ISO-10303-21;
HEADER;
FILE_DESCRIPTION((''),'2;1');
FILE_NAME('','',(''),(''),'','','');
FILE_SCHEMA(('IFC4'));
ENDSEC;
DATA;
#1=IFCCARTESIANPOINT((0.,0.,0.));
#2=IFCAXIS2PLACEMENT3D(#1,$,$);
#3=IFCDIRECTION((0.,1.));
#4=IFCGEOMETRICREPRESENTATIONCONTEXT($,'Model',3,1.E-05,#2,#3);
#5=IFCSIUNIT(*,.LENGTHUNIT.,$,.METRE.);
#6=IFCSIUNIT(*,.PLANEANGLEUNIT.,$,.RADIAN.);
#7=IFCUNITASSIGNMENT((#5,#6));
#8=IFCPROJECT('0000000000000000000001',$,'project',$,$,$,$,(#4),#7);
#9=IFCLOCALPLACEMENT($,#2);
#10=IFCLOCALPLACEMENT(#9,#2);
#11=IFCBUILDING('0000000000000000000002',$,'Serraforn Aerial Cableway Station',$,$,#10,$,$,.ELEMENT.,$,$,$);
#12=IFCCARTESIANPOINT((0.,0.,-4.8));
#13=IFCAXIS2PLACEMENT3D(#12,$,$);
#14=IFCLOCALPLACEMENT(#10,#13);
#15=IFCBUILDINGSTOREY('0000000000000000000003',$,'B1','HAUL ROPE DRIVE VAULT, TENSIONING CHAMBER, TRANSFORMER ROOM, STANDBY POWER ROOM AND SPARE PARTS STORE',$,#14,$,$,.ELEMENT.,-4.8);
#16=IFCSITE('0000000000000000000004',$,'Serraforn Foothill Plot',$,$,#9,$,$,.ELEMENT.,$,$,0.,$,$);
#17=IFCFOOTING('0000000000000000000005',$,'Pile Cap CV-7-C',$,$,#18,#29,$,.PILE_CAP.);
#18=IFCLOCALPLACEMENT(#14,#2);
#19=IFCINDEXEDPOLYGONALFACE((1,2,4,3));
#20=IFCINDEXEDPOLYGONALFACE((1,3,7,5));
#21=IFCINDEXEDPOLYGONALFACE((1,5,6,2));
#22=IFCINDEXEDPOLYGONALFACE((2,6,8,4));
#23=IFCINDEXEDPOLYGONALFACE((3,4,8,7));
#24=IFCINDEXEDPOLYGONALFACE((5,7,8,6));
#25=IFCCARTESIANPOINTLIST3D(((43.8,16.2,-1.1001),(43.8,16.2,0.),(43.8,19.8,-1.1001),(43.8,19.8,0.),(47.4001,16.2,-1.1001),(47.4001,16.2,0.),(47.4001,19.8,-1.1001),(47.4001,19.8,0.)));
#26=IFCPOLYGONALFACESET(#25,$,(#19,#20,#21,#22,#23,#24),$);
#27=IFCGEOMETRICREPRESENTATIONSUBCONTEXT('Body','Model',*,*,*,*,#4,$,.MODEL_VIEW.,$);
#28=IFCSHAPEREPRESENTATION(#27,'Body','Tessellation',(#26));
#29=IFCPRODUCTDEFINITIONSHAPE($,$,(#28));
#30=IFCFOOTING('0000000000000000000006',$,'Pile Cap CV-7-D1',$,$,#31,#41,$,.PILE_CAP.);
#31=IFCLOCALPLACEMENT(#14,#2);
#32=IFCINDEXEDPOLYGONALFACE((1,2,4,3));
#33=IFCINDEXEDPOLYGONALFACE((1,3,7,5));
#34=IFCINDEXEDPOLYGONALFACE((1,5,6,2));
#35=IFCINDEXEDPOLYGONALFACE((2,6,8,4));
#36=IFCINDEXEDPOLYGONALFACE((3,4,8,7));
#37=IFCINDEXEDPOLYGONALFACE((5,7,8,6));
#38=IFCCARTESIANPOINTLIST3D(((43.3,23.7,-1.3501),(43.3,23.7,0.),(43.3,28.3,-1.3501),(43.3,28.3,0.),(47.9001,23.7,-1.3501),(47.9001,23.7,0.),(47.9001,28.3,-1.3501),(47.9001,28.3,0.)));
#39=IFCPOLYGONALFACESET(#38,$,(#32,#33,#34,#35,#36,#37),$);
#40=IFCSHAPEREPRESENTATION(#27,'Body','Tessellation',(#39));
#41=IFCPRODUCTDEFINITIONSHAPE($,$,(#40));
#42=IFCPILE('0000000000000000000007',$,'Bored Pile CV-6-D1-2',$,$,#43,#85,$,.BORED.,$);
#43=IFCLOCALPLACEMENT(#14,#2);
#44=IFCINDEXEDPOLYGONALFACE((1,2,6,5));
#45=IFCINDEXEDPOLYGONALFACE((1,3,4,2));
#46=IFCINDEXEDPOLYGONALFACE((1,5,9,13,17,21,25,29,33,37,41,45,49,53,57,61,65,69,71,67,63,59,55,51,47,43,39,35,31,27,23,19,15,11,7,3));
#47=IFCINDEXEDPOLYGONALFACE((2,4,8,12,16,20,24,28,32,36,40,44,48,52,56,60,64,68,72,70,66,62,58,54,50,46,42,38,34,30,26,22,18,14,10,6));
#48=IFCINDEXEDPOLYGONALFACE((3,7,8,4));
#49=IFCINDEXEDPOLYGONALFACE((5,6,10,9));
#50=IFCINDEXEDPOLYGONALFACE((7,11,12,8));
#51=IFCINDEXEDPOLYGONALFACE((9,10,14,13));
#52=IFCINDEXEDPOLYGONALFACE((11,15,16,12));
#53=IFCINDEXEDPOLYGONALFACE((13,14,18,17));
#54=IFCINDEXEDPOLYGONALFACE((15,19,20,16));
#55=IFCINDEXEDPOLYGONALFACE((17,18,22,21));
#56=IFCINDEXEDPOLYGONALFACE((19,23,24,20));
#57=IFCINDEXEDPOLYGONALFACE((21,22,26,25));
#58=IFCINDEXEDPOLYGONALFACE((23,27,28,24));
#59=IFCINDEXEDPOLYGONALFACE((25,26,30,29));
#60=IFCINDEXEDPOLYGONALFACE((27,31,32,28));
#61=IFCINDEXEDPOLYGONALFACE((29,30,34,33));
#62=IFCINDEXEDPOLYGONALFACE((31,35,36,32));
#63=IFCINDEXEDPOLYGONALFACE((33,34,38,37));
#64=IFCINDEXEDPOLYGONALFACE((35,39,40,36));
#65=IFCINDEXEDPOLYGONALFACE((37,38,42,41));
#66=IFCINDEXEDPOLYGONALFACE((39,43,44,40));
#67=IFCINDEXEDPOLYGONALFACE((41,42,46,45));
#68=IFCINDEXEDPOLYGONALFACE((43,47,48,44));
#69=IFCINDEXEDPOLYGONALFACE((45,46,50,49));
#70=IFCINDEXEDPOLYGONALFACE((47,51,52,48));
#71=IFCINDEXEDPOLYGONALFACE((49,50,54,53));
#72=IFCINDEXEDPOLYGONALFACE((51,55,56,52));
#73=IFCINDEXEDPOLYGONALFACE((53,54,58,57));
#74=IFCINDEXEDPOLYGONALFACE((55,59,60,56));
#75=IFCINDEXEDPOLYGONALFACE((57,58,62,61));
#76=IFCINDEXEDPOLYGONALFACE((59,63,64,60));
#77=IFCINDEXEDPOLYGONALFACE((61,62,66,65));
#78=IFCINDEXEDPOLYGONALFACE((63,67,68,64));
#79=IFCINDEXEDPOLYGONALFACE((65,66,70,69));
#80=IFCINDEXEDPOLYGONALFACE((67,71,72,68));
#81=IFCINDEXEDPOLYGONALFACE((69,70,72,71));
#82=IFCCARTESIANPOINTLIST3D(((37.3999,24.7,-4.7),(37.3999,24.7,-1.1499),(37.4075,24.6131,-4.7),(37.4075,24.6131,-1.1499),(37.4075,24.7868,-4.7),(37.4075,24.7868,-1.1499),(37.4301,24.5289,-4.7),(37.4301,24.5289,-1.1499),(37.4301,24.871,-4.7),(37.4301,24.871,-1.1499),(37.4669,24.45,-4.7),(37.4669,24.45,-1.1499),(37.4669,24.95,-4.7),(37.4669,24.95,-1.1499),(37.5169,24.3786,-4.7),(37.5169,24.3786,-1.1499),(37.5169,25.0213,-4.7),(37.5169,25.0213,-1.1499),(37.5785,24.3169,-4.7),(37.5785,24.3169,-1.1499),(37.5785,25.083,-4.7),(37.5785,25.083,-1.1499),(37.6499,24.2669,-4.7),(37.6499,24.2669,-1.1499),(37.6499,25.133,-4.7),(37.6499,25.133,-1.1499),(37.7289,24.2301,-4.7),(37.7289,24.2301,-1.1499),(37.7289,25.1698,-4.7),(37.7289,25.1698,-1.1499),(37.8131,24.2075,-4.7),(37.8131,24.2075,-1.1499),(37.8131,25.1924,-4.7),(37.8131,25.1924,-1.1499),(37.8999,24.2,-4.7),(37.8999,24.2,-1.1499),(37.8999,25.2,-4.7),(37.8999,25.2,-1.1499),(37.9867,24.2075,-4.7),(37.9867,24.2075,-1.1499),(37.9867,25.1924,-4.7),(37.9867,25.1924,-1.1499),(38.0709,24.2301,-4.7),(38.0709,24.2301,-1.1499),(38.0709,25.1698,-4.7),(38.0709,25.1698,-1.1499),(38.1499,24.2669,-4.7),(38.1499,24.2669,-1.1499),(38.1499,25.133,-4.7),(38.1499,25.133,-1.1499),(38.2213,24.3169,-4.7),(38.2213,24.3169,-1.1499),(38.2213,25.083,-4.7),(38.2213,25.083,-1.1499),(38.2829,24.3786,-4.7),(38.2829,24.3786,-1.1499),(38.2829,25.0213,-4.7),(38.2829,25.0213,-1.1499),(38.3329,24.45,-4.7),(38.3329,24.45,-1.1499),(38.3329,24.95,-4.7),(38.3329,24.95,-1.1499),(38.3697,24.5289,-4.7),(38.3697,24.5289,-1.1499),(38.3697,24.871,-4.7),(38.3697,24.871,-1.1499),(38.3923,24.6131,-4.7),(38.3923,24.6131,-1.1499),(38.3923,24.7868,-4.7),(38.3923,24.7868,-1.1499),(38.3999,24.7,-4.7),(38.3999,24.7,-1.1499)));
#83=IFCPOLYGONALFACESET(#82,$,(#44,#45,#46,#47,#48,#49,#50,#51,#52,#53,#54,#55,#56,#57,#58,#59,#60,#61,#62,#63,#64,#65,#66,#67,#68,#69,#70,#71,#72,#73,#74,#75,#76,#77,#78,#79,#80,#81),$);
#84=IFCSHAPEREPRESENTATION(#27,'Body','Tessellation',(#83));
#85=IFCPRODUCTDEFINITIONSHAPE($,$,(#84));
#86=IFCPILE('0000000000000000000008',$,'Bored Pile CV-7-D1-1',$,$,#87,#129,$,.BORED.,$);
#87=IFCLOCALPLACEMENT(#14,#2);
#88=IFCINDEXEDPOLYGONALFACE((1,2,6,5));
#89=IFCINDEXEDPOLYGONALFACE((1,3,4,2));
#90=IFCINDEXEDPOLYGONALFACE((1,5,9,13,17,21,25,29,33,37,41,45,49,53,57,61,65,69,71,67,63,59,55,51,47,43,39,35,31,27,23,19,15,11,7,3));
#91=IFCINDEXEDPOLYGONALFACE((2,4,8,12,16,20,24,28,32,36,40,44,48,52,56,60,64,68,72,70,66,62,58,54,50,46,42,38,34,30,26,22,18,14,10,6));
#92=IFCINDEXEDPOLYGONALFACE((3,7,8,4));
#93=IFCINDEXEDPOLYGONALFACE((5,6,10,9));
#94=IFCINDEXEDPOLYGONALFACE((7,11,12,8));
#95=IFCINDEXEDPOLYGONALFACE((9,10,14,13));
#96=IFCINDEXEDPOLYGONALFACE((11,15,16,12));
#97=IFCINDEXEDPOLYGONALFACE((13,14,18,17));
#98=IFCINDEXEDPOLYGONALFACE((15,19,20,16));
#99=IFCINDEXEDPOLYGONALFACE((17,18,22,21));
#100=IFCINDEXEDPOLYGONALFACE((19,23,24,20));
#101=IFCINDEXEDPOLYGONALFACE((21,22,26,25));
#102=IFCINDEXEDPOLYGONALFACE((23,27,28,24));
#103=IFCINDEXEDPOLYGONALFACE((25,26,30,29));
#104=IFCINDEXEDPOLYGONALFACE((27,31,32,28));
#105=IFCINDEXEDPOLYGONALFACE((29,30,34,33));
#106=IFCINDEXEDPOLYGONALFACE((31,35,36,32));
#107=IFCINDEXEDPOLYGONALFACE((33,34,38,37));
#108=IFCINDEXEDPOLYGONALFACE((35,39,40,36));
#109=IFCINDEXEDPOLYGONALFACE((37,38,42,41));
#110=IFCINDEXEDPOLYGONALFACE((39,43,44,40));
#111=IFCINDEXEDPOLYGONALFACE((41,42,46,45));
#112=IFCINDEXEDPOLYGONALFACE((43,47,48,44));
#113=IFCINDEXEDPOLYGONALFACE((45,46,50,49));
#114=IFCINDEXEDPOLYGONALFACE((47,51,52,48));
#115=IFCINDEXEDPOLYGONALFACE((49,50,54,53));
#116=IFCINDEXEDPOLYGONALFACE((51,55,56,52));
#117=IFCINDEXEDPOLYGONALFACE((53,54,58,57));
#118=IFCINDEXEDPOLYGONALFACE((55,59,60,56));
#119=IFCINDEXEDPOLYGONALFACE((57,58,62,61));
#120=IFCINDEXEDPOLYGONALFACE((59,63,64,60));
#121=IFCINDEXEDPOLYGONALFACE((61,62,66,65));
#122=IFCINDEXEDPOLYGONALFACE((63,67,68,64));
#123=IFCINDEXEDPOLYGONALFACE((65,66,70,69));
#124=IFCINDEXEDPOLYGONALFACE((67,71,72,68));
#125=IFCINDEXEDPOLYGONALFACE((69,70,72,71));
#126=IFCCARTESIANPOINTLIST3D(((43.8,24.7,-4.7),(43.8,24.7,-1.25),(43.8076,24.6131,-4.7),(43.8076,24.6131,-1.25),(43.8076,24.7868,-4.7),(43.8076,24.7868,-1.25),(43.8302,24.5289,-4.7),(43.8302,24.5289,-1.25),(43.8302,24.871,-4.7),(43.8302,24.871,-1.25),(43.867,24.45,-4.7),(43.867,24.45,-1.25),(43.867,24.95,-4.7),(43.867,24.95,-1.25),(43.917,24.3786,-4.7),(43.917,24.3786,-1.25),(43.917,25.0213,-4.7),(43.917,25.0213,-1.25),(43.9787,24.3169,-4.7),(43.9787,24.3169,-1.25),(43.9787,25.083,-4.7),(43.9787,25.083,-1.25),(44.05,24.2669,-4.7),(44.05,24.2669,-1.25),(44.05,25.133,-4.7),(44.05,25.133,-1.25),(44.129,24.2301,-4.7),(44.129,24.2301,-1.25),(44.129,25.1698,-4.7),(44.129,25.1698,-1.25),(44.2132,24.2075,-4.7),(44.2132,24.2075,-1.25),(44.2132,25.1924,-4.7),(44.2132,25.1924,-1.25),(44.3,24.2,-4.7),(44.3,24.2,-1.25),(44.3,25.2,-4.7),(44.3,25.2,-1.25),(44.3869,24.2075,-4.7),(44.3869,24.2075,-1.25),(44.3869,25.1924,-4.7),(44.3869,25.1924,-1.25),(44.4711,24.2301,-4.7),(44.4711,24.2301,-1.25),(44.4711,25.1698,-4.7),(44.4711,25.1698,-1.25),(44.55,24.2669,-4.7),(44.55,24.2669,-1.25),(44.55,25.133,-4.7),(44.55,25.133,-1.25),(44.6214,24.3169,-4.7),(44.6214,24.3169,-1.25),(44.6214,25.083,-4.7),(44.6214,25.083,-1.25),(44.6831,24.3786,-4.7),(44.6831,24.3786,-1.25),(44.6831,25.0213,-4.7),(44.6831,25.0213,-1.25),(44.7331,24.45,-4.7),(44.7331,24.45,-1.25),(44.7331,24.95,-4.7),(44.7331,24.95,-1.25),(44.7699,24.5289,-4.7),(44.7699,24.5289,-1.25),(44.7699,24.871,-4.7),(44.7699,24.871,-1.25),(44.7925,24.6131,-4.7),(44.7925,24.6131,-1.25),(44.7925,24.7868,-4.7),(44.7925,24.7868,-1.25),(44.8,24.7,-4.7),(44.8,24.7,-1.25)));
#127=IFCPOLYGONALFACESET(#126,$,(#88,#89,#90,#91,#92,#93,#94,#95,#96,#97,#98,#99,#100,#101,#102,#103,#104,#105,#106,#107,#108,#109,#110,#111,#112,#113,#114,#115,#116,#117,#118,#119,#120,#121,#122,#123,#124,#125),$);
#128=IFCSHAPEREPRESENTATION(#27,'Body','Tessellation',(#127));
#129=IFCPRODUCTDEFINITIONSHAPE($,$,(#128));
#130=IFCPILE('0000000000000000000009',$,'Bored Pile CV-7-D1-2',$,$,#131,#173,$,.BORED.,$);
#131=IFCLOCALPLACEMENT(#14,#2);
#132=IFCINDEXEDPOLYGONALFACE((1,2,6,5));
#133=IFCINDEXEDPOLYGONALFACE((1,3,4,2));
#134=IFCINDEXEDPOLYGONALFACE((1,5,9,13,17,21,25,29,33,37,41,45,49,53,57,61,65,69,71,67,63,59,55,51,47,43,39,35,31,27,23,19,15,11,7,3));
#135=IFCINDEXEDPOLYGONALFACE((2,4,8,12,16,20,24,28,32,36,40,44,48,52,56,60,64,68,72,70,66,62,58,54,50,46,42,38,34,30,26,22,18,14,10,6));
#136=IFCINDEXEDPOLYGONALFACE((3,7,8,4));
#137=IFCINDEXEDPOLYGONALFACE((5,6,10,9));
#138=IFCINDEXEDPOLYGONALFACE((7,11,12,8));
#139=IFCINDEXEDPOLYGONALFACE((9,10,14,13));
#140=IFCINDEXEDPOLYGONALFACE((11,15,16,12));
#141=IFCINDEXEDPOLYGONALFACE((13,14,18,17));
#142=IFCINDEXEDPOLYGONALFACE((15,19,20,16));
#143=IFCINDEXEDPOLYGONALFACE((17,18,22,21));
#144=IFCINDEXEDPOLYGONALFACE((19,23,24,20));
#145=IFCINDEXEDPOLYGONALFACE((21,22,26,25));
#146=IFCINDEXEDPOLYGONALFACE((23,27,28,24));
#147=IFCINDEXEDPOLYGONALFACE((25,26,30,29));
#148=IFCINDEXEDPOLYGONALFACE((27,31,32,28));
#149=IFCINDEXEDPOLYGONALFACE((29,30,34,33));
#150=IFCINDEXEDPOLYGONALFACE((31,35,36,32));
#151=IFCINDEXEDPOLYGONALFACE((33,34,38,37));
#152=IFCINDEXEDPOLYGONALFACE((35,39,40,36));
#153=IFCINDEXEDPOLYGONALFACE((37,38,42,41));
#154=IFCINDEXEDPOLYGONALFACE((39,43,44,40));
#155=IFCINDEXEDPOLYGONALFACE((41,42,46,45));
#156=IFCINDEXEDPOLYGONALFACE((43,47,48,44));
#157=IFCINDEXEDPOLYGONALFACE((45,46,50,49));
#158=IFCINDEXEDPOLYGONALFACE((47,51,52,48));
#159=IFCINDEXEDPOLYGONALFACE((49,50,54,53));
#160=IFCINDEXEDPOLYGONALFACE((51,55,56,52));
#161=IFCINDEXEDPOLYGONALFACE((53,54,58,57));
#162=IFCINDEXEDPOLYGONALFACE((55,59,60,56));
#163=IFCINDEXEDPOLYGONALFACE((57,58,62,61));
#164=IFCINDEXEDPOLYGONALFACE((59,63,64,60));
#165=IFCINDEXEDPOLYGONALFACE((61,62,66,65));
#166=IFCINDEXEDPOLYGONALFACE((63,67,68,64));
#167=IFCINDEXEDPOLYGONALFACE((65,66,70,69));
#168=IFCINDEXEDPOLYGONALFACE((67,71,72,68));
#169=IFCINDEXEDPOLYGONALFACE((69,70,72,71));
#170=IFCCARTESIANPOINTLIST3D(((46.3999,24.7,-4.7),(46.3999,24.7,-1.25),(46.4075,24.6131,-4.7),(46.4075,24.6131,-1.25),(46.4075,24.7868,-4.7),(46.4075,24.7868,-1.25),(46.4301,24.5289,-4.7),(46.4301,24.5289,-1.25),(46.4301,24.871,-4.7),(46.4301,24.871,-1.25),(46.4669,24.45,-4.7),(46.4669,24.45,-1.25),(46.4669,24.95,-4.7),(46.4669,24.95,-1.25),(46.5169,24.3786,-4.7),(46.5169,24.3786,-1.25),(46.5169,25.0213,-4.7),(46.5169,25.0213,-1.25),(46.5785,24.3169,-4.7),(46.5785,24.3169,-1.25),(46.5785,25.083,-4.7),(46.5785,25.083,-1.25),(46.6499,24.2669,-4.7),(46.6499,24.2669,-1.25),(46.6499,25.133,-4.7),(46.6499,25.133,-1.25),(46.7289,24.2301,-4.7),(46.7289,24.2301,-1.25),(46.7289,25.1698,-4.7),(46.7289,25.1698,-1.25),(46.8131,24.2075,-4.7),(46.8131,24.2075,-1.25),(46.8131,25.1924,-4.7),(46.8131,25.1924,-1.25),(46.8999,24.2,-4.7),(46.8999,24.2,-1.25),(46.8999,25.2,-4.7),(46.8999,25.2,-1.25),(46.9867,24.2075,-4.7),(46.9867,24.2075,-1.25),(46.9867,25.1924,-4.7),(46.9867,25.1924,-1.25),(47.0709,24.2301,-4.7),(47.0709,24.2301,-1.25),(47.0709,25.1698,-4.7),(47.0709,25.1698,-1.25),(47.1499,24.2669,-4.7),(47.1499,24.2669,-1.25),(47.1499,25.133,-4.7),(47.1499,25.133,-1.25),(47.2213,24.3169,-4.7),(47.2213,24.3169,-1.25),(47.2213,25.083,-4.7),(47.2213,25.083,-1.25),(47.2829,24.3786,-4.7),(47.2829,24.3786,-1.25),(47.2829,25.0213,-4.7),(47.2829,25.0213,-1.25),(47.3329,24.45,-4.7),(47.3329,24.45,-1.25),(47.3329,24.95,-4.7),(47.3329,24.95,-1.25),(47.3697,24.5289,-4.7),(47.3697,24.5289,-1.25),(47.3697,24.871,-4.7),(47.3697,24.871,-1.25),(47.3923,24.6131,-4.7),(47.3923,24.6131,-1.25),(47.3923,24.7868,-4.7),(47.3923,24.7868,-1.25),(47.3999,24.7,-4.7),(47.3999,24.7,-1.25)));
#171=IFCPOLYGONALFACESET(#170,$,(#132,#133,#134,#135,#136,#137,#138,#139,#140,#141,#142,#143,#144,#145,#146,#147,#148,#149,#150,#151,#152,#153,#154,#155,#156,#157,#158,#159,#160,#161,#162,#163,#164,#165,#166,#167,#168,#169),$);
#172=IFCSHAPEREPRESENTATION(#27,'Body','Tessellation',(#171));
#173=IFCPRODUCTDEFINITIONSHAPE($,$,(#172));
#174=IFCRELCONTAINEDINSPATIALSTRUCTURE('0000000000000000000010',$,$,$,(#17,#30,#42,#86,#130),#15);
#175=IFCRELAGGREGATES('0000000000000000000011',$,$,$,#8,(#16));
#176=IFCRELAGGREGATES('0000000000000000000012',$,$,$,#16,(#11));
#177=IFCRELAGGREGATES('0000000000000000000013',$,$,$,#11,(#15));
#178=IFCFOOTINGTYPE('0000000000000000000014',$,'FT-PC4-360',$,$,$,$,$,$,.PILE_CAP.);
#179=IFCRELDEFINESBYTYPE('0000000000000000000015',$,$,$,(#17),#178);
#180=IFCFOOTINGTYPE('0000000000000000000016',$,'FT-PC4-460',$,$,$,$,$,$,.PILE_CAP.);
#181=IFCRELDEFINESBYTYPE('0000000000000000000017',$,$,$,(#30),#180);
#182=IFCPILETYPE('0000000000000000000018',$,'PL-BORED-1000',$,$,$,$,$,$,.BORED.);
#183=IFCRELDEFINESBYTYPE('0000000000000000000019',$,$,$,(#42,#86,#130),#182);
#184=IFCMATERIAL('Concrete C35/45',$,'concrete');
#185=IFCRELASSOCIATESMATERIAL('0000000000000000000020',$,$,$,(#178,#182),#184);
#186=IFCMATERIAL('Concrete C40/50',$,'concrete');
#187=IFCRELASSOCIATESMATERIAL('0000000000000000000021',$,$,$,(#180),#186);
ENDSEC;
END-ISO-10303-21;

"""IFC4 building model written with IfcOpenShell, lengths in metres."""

from ifc_helpers import new_model, si_unit, direction, frame, origin, origin_2d, place, context, subcontext, project, spatial, rectangle, circle, extrude, material, material_profile, profile_set, type_object, element, save


model = new_model("IFC4")

# Units and contexts
model_context = context("Model", 3, precision=1e-05, world=origin(), true_north=direction((0.0, 1.0)))
body_context = subcontext(model_context, "Body", "Model", "MODEL_VIEW")
ifc_project = project(units=[si_unit("LENGTHUNIT", "METRE"), si_unit("PLANEANGLEUNIT", "RADIAN")], contexts=[model_context])

# Site, building, storey
site_placement = place(None, origin())
site = spatial("IfcSite", under=ifc_project, at=site_placement, Name="Serraforn Foothill Plot", CompositionType="ELEMENT", RefElevation=0.0)
building_placement = place(site_placement, origin())
building = spatial("IfcBuilding", under=site, at=building_placement, Name="Serraforn Aerial Cableway Station", CompositionType="ELEMENT")
storey_placement = place(building_placement, frame((0.0, 0.0, -4.8)))
storey = spatial("IfcBuildingStorey", under=building, at=storey_placement, Name="B1", Description="HAUL ROPE DRIVE VAULT, TENSIONING CHAMBER, TRANSFORMER ROOM, STANDBY POWER ROOM AND SPARE PARTS STORE", CompositionType="ELEMENT", Elevation=-4.8)

# Footings
ifc_material_1 = material(Name="Concrete C35/45", Category="concrete")
footing_type_1 = type_object("IfcFootingType", Name="FT-PC4-360", PredefinedType="PILE_CAP", material=ifc_material_1)
footing_1_placement = place(storey_placement, frame((45.6001, 18.0, -1.1001), z_axis=(0.0, 0.0, 1.0), x_axis=(1.0, 0.0, 0.0)))
element("IfcFooting", 1, at=footing_1_placement, inside=storey, type_object=footing_type_1, Name="Pile Cap CV-7-C", PredefinedType="PILE_CAP", context=body_context, shape_type="SweptSolid", body=[
    extrude(rectangle(XDim=3.6001, YDim=3.6001, at=origin_2d()), origin(), (0.0, 0.0, 1.0), 1.1001),
])
ifc_material_2 = material(Name="Concrete C40/50", Category="concrete")
footing_type_2 = type_object("IfcFootingType", Name="FT-PC4-460", PredefinedType="PILE_CAP", material=ifc_material_2)
footing_2_placement = place(storey_placement, frame((45.6001, 26.0, -1.3501), z_axis=(0.0, 0.0, 1.0), x_axis=(1.0, 0.0, 0.0)))
element("IfcFooting", 2, at=footing_2_placement, inside=storey, type_object=footing_type_2, Name="Pile Cap CV-7-D1", PredefinedType="PILE_CAP", context=body_context, shape_type="SweptSolid", body=[
    extrude(rectangle(XDim=4.6001, YDim=4.6001, at=origin_2d()), origin(), (0.0, 0.0, 1.0), 1.3501),
])

# Piles
ifc_material_profile_1 = material_profile(ifc_material_1, circle(Radius=0.5, at=origin_2d()), Name="BORED PILE D1000")
ifc_profile_set_1 = profile_set([ifc_material_profile_1], Name="Concrete C35/45")
pile_type_1 = type_object("IfcPileType", Name="PL-BORED-1000", PredefinedType="BORED", material=ifc_profile_set_1)
pile_placement = place(storey_placement, frame((37.8999, 24.7, -1.1499), z_axis=(0.0, 0.0, -1.0), x_axis=(1.0, 0.0, 0.0)))
element("IfcPile", 3, at=pile_placement, inside=storey, type_object=pile_type_1, Name="Bored Pile CV-6-D1-2", PredefinedType="BORED", context=body_context, shape_type="SweptSolid", body=[
    extrude(circle(Radius=0.5, at=origin_2d()), origin(), (0.0, 0.0, 1.0), 3.55),
])
for number, where, z_axis, x_axis, name in (
    (4, (44.3, 24.7, -1.25), (0.0, 0.0, -1.0), (1.0, 0.0, 0.0), "Bored Pile CV-7-D1-1"),
    (5, (46.8999, 24.7, -1.25), (0.0, 0.0, -1.0), (1.0, 0.0, 0.0), "Bored Pile CV-7-D1-2"),
):
    element("IfcPile", number, at=place(storey_placement, frame(where, z_axis=z_axis, x_axis=x_axis)), inside=storey, type_object=pile_type_1, Name=name, PredefinedType="BORED", context=body_context, shape_type="SweptSolid", body=[
        extrude(circle(Radius=0.5, at=origin_2d()), origin(), (0.0, 0.0, 1.0), 3.45),
    ])

save(model, "model.ifc")
